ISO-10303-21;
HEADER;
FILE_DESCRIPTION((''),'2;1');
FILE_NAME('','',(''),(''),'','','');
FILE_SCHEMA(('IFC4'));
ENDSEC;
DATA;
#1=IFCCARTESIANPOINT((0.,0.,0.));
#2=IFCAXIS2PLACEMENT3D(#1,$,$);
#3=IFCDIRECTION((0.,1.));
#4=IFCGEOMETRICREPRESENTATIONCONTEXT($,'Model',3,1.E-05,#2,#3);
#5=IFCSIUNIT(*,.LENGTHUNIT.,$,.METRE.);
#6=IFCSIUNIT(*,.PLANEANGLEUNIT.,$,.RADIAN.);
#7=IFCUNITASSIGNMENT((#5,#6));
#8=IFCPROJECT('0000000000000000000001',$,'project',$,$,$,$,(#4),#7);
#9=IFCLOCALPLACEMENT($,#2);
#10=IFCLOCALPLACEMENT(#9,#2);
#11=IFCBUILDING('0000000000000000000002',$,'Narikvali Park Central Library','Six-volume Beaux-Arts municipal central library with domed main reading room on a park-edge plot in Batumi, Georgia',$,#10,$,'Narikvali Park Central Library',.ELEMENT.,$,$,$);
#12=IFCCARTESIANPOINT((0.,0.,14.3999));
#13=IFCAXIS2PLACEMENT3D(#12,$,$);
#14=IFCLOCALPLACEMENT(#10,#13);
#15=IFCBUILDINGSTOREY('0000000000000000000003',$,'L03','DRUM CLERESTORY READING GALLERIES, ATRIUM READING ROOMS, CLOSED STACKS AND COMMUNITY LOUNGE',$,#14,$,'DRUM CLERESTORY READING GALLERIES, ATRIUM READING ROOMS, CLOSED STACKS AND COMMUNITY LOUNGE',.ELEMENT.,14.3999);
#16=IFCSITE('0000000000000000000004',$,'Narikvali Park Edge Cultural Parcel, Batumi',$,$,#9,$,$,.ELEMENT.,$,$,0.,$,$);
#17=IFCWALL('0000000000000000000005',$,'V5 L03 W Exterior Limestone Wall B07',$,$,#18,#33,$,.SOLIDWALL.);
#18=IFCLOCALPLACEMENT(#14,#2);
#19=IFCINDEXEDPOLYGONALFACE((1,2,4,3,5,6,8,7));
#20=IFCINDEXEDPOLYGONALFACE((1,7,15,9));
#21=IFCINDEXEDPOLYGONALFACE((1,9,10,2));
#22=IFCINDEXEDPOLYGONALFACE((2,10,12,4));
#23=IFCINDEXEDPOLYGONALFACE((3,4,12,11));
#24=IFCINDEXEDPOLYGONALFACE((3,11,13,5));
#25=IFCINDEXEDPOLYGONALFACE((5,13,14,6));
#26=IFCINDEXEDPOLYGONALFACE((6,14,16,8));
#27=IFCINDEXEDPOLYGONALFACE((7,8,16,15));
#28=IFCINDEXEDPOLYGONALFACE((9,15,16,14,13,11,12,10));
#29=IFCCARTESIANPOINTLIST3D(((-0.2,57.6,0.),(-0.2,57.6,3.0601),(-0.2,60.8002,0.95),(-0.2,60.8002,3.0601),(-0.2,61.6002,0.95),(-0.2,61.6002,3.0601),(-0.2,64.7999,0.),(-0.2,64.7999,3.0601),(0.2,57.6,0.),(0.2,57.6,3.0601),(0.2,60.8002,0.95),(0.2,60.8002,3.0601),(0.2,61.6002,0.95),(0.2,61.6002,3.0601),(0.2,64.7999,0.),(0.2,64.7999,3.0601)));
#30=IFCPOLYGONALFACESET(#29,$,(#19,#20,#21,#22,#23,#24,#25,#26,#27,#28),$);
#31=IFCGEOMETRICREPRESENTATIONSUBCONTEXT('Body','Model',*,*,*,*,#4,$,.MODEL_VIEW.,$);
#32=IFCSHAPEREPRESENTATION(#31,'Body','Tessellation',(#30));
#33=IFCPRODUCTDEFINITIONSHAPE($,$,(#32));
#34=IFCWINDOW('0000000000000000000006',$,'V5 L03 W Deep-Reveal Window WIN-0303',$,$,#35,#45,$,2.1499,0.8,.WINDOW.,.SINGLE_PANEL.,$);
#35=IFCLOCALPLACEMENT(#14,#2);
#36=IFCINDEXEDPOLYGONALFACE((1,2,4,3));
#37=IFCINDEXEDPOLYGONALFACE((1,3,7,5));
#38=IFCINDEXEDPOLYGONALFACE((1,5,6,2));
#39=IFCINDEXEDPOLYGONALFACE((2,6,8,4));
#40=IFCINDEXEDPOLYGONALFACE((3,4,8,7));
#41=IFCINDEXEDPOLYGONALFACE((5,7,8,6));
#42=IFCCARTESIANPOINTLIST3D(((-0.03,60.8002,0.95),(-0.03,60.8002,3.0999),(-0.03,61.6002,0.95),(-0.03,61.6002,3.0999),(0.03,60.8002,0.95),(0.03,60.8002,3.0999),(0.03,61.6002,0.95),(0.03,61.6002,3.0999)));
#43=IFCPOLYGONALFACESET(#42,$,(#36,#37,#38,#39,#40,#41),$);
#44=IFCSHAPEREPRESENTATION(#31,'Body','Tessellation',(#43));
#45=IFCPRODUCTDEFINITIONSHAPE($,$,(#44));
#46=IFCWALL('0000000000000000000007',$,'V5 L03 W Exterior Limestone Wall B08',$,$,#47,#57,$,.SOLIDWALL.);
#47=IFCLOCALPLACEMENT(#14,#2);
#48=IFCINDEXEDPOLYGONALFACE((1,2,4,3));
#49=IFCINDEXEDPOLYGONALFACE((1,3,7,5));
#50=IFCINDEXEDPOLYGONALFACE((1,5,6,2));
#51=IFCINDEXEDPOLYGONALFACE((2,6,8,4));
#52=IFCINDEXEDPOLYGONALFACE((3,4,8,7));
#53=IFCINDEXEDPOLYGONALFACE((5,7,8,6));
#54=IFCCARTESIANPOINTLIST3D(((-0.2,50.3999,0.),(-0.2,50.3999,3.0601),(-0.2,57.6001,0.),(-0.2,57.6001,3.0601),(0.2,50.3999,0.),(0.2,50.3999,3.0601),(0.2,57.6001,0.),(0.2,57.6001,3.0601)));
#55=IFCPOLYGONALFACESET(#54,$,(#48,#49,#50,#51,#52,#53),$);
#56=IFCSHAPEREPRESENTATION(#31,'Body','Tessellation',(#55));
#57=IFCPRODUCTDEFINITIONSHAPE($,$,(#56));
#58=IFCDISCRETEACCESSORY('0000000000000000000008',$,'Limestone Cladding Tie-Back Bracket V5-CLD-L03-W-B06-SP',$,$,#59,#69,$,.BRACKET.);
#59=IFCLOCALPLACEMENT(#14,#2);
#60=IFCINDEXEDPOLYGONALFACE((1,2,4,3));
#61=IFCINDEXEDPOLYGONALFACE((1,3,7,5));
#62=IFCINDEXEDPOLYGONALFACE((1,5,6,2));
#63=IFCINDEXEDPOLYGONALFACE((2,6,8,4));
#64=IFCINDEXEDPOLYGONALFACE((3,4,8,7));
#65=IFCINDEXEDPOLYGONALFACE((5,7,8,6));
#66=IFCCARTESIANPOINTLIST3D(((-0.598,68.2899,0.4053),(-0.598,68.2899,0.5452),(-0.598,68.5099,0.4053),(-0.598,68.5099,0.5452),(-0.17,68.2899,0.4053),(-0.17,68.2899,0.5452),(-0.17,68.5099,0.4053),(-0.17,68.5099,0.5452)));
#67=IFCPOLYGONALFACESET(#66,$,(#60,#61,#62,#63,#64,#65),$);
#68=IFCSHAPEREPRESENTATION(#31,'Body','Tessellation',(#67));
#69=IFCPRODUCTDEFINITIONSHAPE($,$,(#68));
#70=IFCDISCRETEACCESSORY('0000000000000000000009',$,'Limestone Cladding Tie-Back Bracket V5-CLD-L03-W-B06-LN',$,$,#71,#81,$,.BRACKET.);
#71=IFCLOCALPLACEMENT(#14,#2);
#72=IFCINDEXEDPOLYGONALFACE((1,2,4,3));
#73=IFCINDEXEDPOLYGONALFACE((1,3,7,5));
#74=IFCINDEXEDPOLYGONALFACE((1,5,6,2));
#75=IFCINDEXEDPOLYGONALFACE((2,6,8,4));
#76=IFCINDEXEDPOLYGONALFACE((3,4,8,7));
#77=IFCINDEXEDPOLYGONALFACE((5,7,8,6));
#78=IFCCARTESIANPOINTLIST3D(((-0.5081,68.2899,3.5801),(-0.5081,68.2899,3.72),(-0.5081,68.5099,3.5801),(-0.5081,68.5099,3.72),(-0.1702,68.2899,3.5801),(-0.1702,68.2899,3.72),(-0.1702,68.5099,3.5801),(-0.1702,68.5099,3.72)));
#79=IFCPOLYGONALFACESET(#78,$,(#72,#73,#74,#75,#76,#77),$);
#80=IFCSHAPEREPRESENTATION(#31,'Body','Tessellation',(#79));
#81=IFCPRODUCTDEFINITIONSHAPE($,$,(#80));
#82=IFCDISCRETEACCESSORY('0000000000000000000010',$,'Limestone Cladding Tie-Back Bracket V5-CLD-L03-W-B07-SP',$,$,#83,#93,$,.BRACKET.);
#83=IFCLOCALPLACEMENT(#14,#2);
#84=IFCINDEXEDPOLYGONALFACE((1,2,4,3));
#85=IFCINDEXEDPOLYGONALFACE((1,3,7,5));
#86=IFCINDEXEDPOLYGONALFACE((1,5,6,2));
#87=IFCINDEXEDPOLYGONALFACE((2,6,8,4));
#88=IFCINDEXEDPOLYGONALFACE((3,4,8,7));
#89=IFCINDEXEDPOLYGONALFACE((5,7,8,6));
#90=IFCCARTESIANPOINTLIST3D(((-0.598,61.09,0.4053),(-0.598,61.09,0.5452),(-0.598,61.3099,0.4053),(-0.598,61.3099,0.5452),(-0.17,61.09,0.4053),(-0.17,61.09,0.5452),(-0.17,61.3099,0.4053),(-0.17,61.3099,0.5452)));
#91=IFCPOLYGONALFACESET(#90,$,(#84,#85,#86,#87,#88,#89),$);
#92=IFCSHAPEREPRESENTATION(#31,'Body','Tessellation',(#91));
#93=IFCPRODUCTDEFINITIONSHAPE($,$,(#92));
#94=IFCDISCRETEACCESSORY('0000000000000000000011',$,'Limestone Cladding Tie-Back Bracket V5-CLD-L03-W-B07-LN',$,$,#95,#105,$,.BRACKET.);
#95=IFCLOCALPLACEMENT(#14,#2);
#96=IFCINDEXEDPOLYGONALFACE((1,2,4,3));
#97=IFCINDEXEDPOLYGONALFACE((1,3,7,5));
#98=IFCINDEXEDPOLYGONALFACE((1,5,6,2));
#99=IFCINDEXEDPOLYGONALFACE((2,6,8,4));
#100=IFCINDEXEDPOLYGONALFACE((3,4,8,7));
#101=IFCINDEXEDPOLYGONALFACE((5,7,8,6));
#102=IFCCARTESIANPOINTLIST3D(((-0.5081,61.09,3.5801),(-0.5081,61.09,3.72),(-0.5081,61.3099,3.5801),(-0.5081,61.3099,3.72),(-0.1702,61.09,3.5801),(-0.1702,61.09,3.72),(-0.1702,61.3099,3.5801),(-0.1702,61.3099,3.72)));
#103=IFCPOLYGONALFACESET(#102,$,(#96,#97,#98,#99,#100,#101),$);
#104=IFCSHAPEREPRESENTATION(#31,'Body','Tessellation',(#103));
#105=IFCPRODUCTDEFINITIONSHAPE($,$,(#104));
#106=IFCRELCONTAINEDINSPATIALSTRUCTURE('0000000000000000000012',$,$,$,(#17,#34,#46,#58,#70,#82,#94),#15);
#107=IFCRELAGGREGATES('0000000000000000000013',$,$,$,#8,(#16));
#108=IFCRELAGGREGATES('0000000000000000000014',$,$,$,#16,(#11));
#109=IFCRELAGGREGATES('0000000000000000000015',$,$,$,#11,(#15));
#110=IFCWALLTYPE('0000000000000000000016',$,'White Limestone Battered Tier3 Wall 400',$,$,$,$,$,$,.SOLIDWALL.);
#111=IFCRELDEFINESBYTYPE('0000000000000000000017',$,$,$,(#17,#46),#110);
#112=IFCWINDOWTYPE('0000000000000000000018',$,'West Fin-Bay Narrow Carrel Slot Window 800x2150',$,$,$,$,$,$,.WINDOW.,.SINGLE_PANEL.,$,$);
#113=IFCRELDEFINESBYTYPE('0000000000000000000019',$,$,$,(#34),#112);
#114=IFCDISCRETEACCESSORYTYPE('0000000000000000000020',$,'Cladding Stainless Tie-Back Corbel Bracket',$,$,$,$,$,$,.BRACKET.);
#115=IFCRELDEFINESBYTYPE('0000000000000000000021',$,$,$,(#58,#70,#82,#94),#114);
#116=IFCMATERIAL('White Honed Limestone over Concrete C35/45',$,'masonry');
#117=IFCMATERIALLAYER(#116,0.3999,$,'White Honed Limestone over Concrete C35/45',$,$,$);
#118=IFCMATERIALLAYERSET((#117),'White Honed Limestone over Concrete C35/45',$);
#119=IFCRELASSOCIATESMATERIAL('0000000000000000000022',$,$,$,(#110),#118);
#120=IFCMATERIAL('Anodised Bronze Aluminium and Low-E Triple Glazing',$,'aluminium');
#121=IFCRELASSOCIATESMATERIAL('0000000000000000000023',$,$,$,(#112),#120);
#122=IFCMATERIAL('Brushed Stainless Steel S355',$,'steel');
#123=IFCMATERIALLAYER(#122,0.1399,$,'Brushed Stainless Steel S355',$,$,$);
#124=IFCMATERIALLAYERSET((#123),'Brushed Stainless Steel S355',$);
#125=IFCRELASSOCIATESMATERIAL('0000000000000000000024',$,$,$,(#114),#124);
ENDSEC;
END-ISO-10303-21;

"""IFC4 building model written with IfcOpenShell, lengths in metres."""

from ifc_helpers import new_model, si_unit, direction, frame, frame_2d, origin, origin_2d, place, context, subcontext, project, spatial, rectangle, extrude, material, layer, layer_set, type_object, element, fill, save


model = new_model("IFC4")

# Units and contexts
model_context = context("Model", 3, precision=1e-05, world=origin(), true_north=direction((0.0, 1.0)))
body_context = subcontext(model_context, "Body", "Model", "MODEL_VIEW")
ifc_project = project(units=[si_unit("LENGTHUNIT", "METRE"), si_unit("PLANEANGLEUNIT", "RADIAN")], contexts=[model_context])

# Site, building, storey
site_placement = place(None, origin())
site = spatial("IfcSite", under=ifc_project, at=site_placement, Name="Narikvali Park Edge Cultural Parcel, Batumi", CompositionType="ELEMENT", RefElevation=0.0)
building_placement = place(site_placement, origin())
building = spatial("IfcBuilding", under=site, at=building_placement, Name="Narikvali Park Central Library", Description="Six-volume Beaux-Arts municipal central library with domed main reading room on a park-edge plot in Batumi, Georgia", LongName="Narikvali Park Central Library", CompositionType="ELEMENT")
storey_placement = place(building_placement, frame((0.0, 0.0, 14.3999)))
storey = spatial("IfcBuildingStorey", under=building, at=storey_placement, Name="L03", Description="DRUM CLERESTORY READING GALLERIES, ATRIUM READING ROOMS, CLOSED STACKS AND COMMUNITY LOUNGE", LongName="DRUM CLERESTORY READING GALLERIES, ATRIUM READING ROOMS, CLOSED STACKS AND COMMUNITY LOUNGE", CompositionType="ELEMENT", Elevation=14.3999)

# Wall, opening, window
ifc_material_1 = material(Name="White Honed Limestone over Concrete C35/45", Category="masonry")
ifc_layer_1 = layer(ifc_material_1, 0.3999, Name="White Honed Limestone over Concrete C35/45")
ifc_layer_set_1 = layer_set([ifc_layer_1], Name="White Honed Limestone over Concrete C35/45")
wall_type_1 = type_object("IfcWallType", Name="White Limestone Battered Tier3 Wall 400", PredefinedType="SOLIDWALL", material=ifc_layer_set_1)
wall_1_placement = place(storey_placement, frame((0.0, 64.8, 0.0), z_axis=(0.0, 0.0, 1.0), x_axis=(0.0, -1.0, 0.0)))
wall_1 = element("IfcWall", 1, at=wall_1_placement, inside=storey, type_object=wall_type_1, Name="V5 L03 W Exterior Limestone Wall B07", PredefinedType="SOLIDWALL", context=body_context, shape_type="SweptSolid", body=[
    extrude(rectangle(XDim=7.2, YDim=0.3999, at=frame_2d((3.6001, 0.0))), origin(), (0.0, 0.0, 1.0), 3.0601),
])
opening_placement = place(wall_1_placement, frame((3.2, 0.0, 0.95)))
opening = element("IfcOpeningElement", 2, at=opening_placement, cuts=wall_1, PredefinedType="OPENING", context=body_context, shape_type="SweptSolid", body=[
    extrude(rectangle(XDim=0.8, YDim=2.1499, at=frame_2d((0.3999, 1.075))), frame((0.0, 0.2119, 0.0), z_axis=(0.0, -1.0, 0.0), x_axis=(1.0, 0.0, 0.0)), (0.0, 0.0, 1.0), 0.4238),
])
ifc_material_2 = material(Name="Anodised Bronze Aluminium and Low-E Triple Glazing", Category="aluminium")
window_type = type_object("IfcWindowType", Name="West Fin-Bay Narrow Carrel Slot Window 800x2150", PartitioningType="SINGLE_PANEL", PredefinedType="WINDOW", material=ifc_material_2)
window_placement = place(opening_placement, origin())
window = element("IfcWindow", 3, at=window_placement, inside=storey, type_object=window_type, Name="V5 L03 W Deep-Reveal Window WIN-0303", OverallHeight=2.1499, OverallWidth=0.8, PartitioningType="SINGLE_PANEL", PredefinedType="WINDOW", context=body_context, shape_type="SweptSolid", body=[
    extrude(rectangle(XDim=0.8, YDim=2.1499, at=frame_2d((0.3999, 1.075))), frame((0.0, 0.03, 0.0), z_axis=(0.0, -1.0, 0.0), x_axis=(1.0, 0.0, 0.0)), (0.0, 0.0, 1.0), 0.0601),
])
fill(opening, window)

# Wall
wall_2_placement = place(storey_placement, frame((0.0, 57.6001, 0.0), z_axis=(0.0, 0.0, 1.0), x_axis=(0.0, -1.0, 0.0)))
element("IfcWall", 4, at=wall_2_placement, inside=storey, type_object=wall_type_1, Name="V5 L03 W Exterior Limestone Wall B08", PredefinedType="SOLIDWALL", context=body_context, shape_type="SweptSolid", body=[
    extrude(rectangle(XDim=7.2002, YDim=0.3999, at=frame_2d((3.6001, 0.0))), origin(), (0.0, 0.0, 1.0), 3.0601),
])

# Discrete accessories
ifc_material_3 = material(Name="Brushed Stainless Steel S355", Category="steel")
ifc_layer_2 = layer(ifc_material_3, 0.1399, Name="Brushed Stainless Steel S355")
ifc_layer_set_2 = layer_set([ifc_layer_2], Name="Brushed Stainless Steel S355")
discrete_accessory_type = type_object("IfcDiscreteAccessoryType", Name="Cladding Stainless Tie-Back Corbel Bracket", PredefinedType="BRACKET", material=ifc_layer_set_2)
discrete_accessory_1_placement = place(storey_placement, frame((-0.384, 68.3999, 0.4053), z_axis=(0.0, 0.0, 1.0), x_axis=(1.0, 0.0, 0.0)))
element("IfcDiscreteAccessory", 5, at=discrete_accessory_1_placement, inside=storey, type_object=discrete_accessory_type, Name="Limestone Cladding Tie-Back Bracket V5-CLD-L03-W-B06-SP", PredefinedType="BRACKET", context=body_context, shape_type="SweptSolid", body=[
    extrude(rectangle(XDim=0.428, YDim=0.22, at=origin_2d()), origin(), (0.0, 0.0, 1.0), 0.1399),
])
discrete_accessory_2_placement = place(storey_placement, frame((-0.3391, 68.3999, 3.5801), z_axis=(0.0, 0.0, 1.0), x_axis=(1.0, 0.0, 0.0)))
element("IfcDiscreteAccessory", 6, at=discrete_accessory_2_placement, inside=storey, type_object=discrete_accessory_type, Name="Limestone Cladding Tie-Back Bracket V5-CLD-L03-W-B06-LN", PredefinedType="BRACKET", context=body_context, shape_type="SweptSolid", body=[
    extrude(rectangle(XDim=0.3379, YDim=0.22, at=origin_2d()), origin(), (0.0, 0.0, 1.0), 0.1399),
])
discrete_accessory_3_placement = place(storey_placement, frame((-0.384, 61.2, 0.4053), z_axis=(0.0, 0.0, 1.0), x_axis=(1.0, 0.0, 0.0)))
element("IfcDiscreteAccessory", 7, at=discrete_accessory_3_placement, inside=storey, type_object=discrete_accessory_type, Name="Limestone Cladding Tie-Back Bracket V5-CLD-L03-W-B07-SP", PredefinedType="BRACKET", context=body_context, shape_type="SweptSolid", body=[
    extrude(rectangle(XDim=0.428, YDim=0.22, at=origin_2d()), origin(), (0.0, 0.0, 1.0), 0.1399),
])
discrete_accessory_4_placement = place(storey_placement, frame((-0.3391, 61.2, 3.5801), z_axis=(0.0, 0.0, 1.0), x_axis=(1.0, 0.0, 0.0)))
element("IfcDiscreteAccessory", 8, at=discrete_accessory_4_placement, inside=storey, type_object=discrete_accessory_type, Name="Limestone Cladding Tie-Back Bracket V5-CLD-L03-W-B07-LN", PredefinedType="BRACKET", context=body_context, shape_type="SweptSolid", body=[
    extrude(rectangle(XDim=0.3379, YDim=0.22, at=origin_2d()), origin(), (0.0, 0.0, 1.0), 0.1399),
])

save(model, "model.ifc")
